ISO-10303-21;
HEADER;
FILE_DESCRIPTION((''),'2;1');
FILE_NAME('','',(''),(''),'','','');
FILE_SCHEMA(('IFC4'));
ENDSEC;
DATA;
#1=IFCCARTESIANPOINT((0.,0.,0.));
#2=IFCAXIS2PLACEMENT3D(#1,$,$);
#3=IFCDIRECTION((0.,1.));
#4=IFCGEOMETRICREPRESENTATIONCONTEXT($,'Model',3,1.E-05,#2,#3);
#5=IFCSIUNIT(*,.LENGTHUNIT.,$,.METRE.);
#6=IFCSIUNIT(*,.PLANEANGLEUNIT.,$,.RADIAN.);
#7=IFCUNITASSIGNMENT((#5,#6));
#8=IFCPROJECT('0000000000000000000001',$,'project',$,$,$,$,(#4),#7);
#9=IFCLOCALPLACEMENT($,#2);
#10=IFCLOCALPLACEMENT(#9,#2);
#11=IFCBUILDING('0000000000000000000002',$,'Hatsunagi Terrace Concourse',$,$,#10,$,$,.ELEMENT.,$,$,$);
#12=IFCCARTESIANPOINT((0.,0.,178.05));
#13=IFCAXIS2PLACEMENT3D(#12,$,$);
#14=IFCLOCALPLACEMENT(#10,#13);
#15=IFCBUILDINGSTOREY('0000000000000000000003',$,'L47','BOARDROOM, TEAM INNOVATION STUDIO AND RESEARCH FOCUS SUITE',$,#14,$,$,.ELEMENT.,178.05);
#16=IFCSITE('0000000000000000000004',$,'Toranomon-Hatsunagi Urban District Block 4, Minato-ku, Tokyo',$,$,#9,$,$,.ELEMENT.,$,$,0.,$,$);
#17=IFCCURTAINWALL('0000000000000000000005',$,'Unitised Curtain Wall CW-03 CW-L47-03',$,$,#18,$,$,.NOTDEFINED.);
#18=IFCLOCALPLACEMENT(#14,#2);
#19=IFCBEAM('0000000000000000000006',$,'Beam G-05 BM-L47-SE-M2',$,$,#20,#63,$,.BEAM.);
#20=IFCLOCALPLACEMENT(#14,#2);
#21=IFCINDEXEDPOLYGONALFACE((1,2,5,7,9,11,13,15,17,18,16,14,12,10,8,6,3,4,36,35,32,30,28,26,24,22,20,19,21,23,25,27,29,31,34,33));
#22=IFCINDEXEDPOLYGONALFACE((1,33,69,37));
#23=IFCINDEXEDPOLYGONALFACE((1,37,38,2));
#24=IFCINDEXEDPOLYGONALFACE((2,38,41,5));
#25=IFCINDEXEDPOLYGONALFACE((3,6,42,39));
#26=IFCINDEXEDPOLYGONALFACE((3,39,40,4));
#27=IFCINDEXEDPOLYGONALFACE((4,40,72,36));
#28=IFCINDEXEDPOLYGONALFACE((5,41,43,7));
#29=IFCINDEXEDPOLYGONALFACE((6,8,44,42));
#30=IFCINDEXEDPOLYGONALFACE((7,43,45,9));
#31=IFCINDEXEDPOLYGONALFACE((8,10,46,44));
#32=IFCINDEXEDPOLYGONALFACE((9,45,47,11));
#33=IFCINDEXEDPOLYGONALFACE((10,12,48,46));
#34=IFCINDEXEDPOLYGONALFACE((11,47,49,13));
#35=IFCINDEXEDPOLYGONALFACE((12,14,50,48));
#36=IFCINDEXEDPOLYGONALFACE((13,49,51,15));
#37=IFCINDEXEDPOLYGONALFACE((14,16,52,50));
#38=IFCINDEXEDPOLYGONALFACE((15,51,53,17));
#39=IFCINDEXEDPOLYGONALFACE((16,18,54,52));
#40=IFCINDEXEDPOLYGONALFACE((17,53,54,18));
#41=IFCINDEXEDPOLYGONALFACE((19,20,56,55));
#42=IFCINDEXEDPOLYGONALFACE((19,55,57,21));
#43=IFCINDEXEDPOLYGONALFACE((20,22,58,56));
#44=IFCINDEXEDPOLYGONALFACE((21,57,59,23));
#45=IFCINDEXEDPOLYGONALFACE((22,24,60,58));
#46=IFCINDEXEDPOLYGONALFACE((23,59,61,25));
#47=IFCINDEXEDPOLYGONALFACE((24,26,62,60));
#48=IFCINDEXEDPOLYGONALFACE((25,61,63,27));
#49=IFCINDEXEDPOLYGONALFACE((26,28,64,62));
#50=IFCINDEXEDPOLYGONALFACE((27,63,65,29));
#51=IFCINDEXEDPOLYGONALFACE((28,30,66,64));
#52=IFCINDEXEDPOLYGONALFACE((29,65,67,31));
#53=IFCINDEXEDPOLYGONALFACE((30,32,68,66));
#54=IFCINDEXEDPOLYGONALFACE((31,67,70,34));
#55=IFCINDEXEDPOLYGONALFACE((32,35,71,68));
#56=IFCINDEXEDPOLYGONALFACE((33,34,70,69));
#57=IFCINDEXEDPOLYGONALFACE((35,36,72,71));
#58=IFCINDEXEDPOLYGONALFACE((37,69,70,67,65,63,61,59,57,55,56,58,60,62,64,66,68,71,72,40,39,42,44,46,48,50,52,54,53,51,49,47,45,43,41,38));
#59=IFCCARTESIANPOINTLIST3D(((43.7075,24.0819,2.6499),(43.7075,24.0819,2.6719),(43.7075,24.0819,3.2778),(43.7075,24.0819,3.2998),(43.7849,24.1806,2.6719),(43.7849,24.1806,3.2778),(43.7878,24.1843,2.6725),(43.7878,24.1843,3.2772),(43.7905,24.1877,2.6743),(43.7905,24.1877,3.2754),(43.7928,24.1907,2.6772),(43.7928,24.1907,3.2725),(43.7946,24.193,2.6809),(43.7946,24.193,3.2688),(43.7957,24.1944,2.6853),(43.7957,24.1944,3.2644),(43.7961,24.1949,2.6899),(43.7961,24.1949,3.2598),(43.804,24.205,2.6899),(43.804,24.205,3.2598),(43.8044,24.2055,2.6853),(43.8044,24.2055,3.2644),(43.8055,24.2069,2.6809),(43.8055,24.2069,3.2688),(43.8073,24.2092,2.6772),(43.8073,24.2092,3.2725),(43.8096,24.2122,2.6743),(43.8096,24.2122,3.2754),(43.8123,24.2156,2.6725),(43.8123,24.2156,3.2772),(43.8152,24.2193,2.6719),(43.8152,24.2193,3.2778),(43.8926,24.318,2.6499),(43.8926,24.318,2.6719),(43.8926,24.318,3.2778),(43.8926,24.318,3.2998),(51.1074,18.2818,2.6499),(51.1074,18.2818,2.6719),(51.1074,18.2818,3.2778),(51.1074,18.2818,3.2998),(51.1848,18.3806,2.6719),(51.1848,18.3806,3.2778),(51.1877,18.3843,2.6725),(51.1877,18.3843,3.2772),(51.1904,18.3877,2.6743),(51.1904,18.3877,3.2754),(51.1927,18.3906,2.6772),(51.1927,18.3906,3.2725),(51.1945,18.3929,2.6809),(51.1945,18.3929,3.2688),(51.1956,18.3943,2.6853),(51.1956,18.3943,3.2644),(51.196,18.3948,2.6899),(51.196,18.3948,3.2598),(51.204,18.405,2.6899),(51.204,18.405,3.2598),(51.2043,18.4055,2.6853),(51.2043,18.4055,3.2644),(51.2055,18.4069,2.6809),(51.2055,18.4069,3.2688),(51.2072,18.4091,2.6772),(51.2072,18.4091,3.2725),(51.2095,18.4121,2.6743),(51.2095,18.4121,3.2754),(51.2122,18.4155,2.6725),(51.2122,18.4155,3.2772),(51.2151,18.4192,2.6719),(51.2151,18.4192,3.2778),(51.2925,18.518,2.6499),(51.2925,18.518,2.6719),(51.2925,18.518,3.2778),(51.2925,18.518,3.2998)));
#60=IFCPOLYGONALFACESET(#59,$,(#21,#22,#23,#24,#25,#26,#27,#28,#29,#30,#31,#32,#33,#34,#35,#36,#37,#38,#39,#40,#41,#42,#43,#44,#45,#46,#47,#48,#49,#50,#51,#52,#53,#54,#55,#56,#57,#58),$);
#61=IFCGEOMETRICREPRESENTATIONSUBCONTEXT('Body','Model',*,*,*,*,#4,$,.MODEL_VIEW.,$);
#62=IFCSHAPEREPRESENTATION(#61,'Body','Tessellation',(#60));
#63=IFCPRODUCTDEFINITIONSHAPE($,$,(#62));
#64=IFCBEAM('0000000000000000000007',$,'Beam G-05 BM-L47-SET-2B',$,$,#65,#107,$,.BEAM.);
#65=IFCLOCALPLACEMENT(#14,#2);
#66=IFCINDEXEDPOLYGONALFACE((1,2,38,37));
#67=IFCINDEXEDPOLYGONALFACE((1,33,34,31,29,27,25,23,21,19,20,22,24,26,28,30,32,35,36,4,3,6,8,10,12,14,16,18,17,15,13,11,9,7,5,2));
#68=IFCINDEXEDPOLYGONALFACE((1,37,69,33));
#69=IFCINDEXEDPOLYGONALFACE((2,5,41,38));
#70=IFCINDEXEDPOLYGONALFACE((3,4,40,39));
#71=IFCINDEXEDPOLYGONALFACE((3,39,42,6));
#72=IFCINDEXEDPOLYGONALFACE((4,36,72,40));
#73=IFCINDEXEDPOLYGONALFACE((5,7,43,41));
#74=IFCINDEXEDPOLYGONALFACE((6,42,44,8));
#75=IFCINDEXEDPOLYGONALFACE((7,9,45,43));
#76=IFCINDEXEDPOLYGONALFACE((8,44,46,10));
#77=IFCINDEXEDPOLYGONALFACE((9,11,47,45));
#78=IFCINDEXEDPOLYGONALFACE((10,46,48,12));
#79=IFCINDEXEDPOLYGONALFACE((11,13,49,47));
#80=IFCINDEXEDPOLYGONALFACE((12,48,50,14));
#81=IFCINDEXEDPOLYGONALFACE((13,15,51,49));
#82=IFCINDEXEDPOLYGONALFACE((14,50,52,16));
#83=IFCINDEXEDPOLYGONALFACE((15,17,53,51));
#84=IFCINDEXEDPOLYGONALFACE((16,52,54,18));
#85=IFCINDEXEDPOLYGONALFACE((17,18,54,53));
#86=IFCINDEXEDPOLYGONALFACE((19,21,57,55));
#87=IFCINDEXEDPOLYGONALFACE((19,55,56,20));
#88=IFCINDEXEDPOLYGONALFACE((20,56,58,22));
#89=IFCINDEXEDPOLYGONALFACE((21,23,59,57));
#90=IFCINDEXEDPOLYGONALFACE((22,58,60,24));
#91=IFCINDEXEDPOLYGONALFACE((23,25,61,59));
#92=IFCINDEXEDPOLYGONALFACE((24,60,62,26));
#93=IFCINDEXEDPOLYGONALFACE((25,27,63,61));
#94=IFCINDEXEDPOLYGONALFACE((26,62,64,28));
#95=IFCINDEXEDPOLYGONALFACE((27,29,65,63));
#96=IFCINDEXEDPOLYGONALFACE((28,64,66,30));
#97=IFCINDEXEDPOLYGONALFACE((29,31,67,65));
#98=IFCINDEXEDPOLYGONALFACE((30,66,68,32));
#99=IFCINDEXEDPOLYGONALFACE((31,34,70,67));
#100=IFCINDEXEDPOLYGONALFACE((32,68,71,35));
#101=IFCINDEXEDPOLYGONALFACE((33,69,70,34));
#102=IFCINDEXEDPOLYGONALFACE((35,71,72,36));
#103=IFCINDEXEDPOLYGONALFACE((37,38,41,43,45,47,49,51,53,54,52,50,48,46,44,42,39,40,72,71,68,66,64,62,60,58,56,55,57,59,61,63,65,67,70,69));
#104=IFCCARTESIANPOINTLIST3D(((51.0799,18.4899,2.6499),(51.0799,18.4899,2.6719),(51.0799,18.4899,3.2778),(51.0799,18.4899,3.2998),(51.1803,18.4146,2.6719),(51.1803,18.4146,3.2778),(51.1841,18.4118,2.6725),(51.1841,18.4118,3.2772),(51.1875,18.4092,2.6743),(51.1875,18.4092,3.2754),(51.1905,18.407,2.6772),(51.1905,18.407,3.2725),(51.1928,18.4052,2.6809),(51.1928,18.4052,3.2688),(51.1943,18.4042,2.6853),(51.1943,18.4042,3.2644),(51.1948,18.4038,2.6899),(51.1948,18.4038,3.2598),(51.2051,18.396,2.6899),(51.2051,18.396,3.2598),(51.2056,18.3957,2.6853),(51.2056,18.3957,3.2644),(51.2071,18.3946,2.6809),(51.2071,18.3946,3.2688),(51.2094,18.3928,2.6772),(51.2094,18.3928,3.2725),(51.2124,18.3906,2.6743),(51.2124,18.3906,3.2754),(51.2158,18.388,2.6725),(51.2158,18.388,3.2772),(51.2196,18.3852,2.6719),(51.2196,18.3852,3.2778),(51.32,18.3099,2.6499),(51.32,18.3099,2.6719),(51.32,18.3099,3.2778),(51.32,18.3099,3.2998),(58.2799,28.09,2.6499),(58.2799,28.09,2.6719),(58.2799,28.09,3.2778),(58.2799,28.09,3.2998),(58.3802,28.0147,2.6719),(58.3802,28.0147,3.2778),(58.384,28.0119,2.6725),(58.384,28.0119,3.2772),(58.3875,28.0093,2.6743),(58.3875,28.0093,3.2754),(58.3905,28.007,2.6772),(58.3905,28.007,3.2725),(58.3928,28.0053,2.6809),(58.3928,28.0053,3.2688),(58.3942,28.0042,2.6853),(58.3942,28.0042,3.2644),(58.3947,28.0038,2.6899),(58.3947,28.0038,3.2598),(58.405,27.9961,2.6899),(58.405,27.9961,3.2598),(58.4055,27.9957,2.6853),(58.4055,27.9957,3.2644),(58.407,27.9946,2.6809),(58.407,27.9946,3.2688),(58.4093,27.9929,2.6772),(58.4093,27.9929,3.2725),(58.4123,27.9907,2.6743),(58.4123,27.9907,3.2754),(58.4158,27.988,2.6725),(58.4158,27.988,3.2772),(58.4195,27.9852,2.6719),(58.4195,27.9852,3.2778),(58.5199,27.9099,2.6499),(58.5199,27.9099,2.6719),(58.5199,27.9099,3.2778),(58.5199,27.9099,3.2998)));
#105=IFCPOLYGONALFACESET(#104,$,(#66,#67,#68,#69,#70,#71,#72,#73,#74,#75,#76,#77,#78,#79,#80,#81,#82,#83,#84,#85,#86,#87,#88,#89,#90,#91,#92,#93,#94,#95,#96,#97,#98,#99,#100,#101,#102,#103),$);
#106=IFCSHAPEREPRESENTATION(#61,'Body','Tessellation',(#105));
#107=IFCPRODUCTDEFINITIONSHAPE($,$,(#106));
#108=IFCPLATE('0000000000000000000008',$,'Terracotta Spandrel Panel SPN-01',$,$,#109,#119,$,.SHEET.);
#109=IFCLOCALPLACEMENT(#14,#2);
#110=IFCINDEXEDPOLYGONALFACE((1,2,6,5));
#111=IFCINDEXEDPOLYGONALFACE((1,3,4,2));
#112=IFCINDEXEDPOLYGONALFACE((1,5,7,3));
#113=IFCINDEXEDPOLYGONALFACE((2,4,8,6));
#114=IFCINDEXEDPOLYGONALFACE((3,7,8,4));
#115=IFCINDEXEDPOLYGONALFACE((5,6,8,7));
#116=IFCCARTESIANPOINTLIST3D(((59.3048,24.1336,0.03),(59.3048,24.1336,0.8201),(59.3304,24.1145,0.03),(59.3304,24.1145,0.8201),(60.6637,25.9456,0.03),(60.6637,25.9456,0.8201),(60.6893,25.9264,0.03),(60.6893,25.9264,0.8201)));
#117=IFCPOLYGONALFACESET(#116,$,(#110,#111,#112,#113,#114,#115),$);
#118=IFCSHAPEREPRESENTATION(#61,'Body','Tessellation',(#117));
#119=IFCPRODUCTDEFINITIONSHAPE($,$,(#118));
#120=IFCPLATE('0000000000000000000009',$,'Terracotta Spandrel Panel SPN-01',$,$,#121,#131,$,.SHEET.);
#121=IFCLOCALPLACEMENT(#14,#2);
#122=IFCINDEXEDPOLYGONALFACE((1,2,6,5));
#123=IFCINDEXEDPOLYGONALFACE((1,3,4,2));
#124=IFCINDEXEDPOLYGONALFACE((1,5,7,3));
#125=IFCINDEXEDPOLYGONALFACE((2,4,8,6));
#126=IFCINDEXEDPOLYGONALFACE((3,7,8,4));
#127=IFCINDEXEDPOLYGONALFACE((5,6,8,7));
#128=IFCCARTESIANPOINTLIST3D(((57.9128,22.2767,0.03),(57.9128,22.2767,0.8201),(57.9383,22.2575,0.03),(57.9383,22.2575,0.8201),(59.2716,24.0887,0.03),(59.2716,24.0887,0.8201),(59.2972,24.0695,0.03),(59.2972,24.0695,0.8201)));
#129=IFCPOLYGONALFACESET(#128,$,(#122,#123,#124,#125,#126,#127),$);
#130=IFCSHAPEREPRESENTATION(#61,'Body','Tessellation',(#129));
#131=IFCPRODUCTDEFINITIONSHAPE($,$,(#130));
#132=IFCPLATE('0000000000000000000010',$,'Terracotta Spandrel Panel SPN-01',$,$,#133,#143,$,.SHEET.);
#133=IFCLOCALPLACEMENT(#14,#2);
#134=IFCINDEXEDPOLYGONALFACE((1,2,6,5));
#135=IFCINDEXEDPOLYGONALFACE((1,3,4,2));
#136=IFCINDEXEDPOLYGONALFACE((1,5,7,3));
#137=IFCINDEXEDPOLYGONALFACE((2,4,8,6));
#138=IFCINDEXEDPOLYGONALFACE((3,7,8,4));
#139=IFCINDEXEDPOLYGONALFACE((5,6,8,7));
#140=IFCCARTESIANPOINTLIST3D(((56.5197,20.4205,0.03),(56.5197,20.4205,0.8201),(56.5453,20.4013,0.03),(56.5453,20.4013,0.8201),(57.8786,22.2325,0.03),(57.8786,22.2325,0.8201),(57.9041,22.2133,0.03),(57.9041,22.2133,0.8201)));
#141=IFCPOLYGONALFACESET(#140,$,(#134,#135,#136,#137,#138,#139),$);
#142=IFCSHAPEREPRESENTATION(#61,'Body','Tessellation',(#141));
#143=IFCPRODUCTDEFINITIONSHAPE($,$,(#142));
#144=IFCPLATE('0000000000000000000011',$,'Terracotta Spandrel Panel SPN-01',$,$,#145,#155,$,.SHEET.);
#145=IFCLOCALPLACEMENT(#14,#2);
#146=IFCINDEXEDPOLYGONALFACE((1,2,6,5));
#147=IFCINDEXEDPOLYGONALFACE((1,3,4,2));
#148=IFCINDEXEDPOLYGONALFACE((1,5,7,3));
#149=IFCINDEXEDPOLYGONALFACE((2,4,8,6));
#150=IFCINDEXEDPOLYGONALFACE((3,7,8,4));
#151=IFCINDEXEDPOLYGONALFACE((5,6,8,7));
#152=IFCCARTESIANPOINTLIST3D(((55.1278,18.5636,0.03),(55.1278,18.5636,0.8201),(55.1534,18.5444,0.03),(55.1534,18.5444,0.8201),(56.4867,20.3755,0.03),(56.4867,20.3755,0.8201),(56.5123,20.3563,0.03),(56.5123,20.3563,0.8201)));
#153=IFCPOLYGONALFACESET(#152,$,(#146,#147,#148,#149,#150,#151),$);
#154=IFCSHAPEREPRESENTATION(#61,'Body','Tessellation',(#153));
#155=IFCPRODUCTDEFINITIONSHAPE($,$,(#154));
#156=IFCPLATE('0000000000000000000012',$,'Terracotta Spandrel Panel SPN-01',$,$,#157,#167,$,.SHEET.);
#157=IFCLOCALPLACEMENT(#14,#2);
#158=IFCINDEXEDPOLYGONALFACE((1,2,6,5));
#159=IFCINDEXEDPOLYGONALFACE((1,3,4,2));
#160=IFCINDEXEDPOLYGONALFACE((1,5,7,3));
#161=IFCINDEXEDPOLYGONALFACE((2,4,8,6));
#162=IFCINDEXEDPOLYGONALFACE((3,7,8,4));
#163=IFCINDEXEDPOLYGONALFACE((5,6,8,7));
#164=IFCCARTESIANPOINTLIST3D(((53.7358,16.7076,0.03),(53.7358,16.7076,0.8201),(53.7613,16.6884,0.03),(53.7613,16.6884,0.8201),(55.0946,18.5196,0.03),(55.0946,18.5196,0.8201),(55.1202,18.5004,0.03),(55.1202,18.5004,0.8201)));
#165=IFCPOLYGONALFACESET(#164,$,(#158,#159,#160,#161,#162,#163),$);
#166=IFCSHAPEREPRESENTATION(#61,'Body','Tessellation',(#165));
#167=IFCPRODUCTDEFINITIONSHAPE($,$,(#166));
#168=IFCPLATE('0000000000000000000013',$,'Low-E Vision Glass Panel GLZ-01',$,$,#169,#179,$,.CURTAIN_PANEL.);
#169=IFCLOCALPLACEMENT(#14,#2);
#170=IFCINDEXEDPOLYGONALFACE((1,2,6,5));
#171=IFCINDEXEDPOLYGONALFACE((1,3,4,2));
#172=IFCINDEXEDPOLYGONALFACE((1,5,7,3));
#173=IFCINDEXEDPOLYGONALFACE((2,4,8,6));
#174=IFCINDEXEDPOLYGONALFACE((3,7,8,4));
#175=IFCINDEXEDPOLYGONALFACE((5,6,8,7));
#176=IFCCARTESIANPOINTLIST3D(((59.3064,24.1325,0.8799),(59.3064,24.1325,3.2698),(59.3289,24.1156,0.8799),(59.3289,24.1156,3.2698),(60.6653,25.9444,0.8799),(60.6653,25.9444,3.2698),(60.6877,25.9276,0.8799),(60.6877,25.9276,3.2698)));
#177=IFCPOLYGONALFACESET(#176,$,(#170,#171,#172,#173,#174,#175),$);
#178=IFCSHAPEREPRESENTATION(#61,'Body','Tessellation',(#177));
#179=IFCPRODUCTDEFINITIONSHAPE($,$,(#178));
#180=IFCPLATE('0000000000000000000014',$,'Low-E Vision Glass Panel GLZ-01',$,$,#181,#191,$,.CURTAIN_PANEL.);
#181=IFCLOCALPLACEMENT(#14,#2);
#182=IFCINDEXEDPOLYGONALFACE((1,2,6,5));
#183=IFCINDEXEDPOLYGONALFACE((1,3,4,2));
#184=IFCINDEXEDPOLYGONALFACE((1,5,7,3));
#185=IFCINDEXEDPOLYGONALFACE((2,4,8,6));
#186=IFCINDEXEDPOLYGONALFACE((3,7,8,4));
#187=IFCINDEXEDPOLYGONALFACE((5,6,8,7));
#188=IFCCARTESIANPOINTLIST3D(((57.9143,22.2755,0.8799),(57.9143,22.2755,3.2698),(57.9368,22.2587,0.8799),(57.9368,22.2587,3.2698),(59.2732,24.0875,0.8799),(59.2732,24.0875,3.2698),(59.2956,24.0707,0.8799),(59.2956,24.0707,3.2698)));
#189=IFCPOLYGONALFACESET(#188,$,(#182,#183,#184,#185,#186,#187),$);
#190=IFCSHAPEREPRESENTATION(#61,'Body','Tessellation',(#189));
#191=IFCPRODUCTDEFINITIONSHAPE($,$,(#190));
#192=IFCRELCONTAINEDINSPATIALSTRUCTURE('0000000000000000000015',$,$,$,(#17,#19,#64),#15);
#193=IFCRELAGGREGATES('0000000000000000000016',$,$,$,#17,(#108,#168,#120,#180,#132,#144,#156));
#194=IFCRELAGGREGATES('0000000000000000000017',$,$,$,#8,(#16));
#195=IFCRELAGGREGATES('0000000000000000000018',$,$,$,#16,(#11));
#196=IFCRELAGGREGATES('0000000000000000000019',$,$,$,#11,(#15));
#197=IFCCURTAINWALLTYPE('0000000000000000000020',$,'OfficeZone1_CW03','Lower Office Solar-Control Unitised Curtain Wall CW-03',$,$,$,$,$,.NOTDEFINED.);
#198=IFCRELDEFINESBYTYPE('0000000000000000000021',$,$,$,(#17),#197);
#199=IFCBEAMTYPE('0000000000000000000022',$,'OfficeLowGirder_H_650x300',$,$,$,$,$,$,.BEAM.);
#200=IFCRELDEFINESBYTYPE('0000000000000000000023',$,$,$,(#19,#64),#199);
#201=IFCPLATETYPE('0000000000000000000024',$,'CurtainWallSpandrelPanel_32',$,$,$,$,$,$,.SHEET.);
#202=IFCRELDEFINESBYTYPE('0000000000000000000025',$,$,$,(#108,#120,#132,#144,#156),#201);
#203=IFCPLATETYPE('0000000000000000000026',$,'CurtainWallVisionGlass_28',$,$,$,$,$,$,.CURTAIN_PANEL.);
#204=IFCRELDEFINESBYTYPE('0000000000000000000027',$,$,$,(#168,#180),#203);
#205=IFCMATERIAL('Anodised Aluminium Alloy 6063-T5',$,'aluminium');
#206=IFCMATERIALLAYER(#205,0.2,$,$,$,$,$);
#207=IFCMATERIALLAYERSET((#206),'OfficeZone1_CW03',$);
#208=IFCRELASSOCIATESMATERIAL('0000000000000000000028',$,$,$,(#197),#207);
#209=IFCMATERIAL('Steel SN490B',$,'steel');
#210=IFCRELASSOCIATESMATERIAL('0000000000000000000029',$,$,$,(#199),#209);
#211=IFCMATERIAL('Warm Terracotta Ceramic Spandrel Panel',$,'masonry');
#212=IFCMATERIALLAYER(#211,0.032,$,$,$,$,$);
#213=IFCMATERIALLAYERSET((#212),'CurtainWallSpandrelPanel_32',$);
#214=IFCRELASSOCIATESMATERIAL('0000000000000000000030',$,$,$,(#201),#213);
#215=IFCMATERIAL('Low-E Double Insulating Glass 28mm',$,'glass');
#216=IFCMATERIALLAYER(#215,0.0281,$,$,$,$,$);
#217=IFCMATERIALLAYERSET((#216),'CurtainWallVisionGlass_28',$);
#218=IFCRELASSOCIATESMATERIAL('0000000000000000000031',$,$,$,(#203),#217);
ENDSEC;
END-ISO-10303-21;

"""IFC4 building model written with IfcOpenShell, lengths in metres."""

from ifc_helpers import new_model, si_unit, direction, frame, origin, origin_2d, place, context, subcontext, project, spatial, rectangle, i_section, extrude, material, layer, layer_set, material_profile, profile_set, type_object, element, aggregate, save


model = new_model("IFC4")

# Units and contexts
model_context = context("Model", 3, precision=1e-05, world=origin(), true_north=direction((0.0, 1.0)))
body_context = subcontext(model_context, "Body", "Model", "MODEL_VIEW")
ifc_project = project(units=[si_unit("LENGTHUNIT", "METRE"), si_unit("PLANEANGLEUNIT", "RADIAN")], contexts=[model_context])

# Site, building, storey
site_placement = place(None, origin())
site = spatial("IfcSite", under=ifc_project, at=site_placement, Name="Toranomon-Hatsunagi Urban District Block 4, Minato-ku, Tokyo", CompositionType="ELEMENT", RefElevation=0.0)
building_placement = place(site_placement, origin())
building = spatial("IfcBuilding", under=site, at=building_placement, Name="Hatsunagi Terrace Concourse", CompositionType="ELEMENT")
storey_placement = place(building_placement, frame((0.0, 0.0, 178.05)))
storey = spatial("IfcBuildingStorey", under=building, at=storey_placement, Name="L47", Description="BOARDROOM, TEAM INNOVATION STUDIO AND RESEARCH FOCUS SUITE", CompositionType="ELEMENT", Elevation=178.05)

# Curtain wall
ifc_material_1 = material(Name="Anodised Aluminium Alloy 6063-T5", Category="aluminium")
ifc_layer_1 = layer(ifc_material_1, 0.2)
ifc_layer_set_1 = layer_set([ifc_layer_1], Name="OfficeZone1_CW03")
curtain_wall_type = type_object("IfcCurtainWallType", Name="OfficeZone1_CW03", Description="Lower Office Solar-Control Unitised Curtain Wall CW-03", PredefinedType="NOTDEFINED", material=ifc_layer_set_1)
curtain_wall_placement = place(storey_placement, origin())
curtain_wall = element("IfcCurtainWall", 1, at=curtain_wall_placement, inside=storey, type_object=curtain_wall_type, Name="Unitised Curtain Wall CW-03 CW-L47-03", PredefinedType="NOTDEFINED")

# Beams
ifc_material_2 = material(Name="Steel SN490B", Category="steel")
ifc_material_profile_1 = material_profile(ifc_material_2, i_section(OverallWidth=0.3, OverallDepth=0.6499, WebThickness=0.0129, FlangeThickness=0.022, FilletRadius=0.0181, at=origin_2d()), Name="H-650x300x13x22")
ifc_profile_set_1 = profile_set([ifc_material_profile_1], Name="Steel SN490B")
beam_type = type_object("IfcBeamType", Name="OfficeLowGirder_H_650x300", PredefinedType="BEAM", material=ifc_profile_set_1)
beam_1_placement = place(storey_placement, frame((43.8, 24.2, 2.9749), z_axis=(0.787049, -0.61689, 0.0), x_axis=(0.61689, 0.787049, 0.0)))
element("IfcBeam", 2, at=beam_1_placement, inside=storey, type_object=beam_type, Name="Beam G-05 BM-L47-SE-M2", PredefinedType="BEAM", context=body_context, shape_type="SweptSolid", body=[
    extrude(i_section(OverallWidth=0.3, OverallDepth=0.6499, WebThickness=0.0129, FlangeThickness=0.022, FilletRadius=0.0181, at=origin_2d()), origin(), (0.0, 0.0, 1.0), 9.4021),
])
beam_2_placement = place(storey_placement, frame((51.2, 18.3999, 2.9749), z_axis=(0.599993, 0.800005, 0.0), x_axis=(-0.800005, 0.599993, 0.0)))
element("IfcBeam", 3, at=beam_2_placement, inside=storey, type_object=beam_type, Name="Beam G-05 BM-L47-SET-2B", PredefinedType="BEAM", context=body_context, shape_type="SweptSolid", body=[
    extrude(i_section(OverallWidth=0.3, OverallDepth=0.6499, WebThickness=0.0129, FlangeThickness=0.022, FilletRadius=0.0181, at=origin_2d()), origin(), (0.0, 0.0, 1.0), 12.0),
])

# Plates
ifc_material_3 = material(Name="Warm Terracotta Ceramic Spandrel Panel", Category="masonry")
ifc_layer_2 = layer(ifc_material_3, 0.032)
ifc_layer_set_2 = layer_set([ifc_layer_2], Name="CurtainWallSpandrelPanel_32")
plate_type_1 = type_object("IfcPlateType", Name="CurtainWallSpandrelPanel_32", PredefinedType="SHEET", material=ifc_layer_set_2)
plate_1_placement = place(storey_placement, frame((59.9971, 25.03, 0.03), z_axis=(0.0, 0.0, 1.0), x_axis=(-0.599969, -0.800023, 0.0)))
plate_1 = element("IfcPlate", 4, at=plate_1_placement, type_object=plate_type_1, Name="Terracotta Spandrel Panel SPN-01", PredefinedType="SHEET", context=body_context, shape_type="SweptSolid", body=[
    extrude(rectangle(XDim=2.2649, YDim=0.032, at=origin_2d()), origin(), (0.0, 0.0, 1.0), 0.79),
])
plate_2_placement = place(storey_placement, frame((58.605, 23.1731, 0.03), z_axis=(0.0, 0.0, 1.0), x_axis=(-0.599969, -0.800023, 0.0)))
plate_2 = element("IfcPlate", 5, at=plate_2_placement, type_object=plate_type_1, Name="Terracotta Spandrel Panel SPN-01", PredefinedType="SHEET", context=body_context, shape_type="SweptSolid", body=[
    extrude(rectangle(XDim=2.2649, YDim=0.032, at=origin_2d()), origin(), (0.0, 0.0, 1.0), 0.79),
])
plate_3_placement = place(storey_placement, frame((57.2119, 21.3169, 0.03), z_axis=(0.0, 0.0, 1.0), x_axis=(-0.599969, -0.800023, 0.0)))
plate_3 = element("IfcPlate", 6, at=plate_3_placement, type_object=plate_type_1, Name="Terracotta Spandrel Panel SPN-01", PredefinedType="SHEET", context=body_context, shape_type="SweptSolid", body=[
    extrude(rectangle(XDim=2.2649, YDim=0.032, at=origin_2d()), origin(), (0.0, 0.0, 1.0), 0.79),
])
plate_4_placement = place(storey_placement, frame((55.8201, 19.46, 0.03), z_axis=(0.0, 0.0, 1.0), x_axis=(-0.599969, -0.800023, 0.0)))
plate_4 = element("IfcPlate", 7, at=plate_4_placement, type_object=plate_type_1, Name="Terracotta Spandrel Panel SPN-01", PredefinedType="SHEET", context=body_context, shape_type="SweptSolid", body=[
    extrude(rectangle(XDim=2.2649, YDim=0.032, at=origin_2d()), origin(), (0.0, 0.0, 1.0), 0.79),
])
plate_5_placement = place(storey_placement, frame((54.428, 17.604, 0.03), z_axis=(0.0, 0.0, 1.0), x_axis=(-0.599969, -0.800023, 0.0)))
plate_5 = element("IfcPlate", 8, at=plate_5_placement, type_object=plate_type_1, Name="Terracotta Spandrel Panel SPN-01", PredefinedType="SHEET", context=body_context, shape_type="SweptSolid", body=[
    extrude(rectangle(XDim=2.2649, YDim=0.032, at=origin_2d()), origin(), (0.0, 0.0, 1.0), 0.79),
])
ifc_material_4 = material(Name="Low-E Double Insulating Glass 28mm", Category="glass")
ifc_layer_3 = layer(ifc_material_4, 0.0281)
ifc_layer_set_3 = layer_set([ifc_layer_3], Name="CurtainWallVisionGlass_28")
plate_type_2 = type_object("IfcPlateType", Name="CurtainWallVisionGlass_28", PredefinedType="CURTAIN_PANEL", material=ifc_layer_set_3)
plate_6_placement = place(storey_placement, frame((59.9971, 25.03, 0.8799), z_axis=(0.0, 0.0, 1.0), x_axis=(-0.599969, -0.800023, 0.0)))
plate_6 = element("IfcPlate", 9, at=plate_6_placement, type_object=plate_type_2, Name="Low-E Vision Glass Panel GLZ-01", PredefinedType="CURTAIN_PANEL", context=body_context, shape_type="SweptSolid", body=[
    extrude(rectangle(XDim=2.2649, YDim=0.0281, at=origin_2d()), origin(), (0.0, 0.0, 1.0), 2.3899),
])
plate_7_placement = place(storey_placement, frame((58.605, 23.1731, 0.8799), z_axis=(0.0, 0.0, 1.0), x_axis=(-0.599969, -0.800023, 0.0)))
plate_7 = element("IfcPlate", 10, at=plate_7_placement, type_object=plate_type_2, Name="Low-E Vision Glass Panel GLZ-01", PredefinedType="CURTAIN_PANEL", context=body_context, shape_type="SweptSolid", body=[
    extrude(rectangle(XDim=2.2649, YDim=0.0281, at=origin_2d()), origin(), (0.0, 0.0, 1.0), 2.3899),
])
aggregate(curtain_wall, [plate_1, plate_6, plate_2, plate_7, plate_3, plate_4, plate_5])

save(model, "model.ifc")
